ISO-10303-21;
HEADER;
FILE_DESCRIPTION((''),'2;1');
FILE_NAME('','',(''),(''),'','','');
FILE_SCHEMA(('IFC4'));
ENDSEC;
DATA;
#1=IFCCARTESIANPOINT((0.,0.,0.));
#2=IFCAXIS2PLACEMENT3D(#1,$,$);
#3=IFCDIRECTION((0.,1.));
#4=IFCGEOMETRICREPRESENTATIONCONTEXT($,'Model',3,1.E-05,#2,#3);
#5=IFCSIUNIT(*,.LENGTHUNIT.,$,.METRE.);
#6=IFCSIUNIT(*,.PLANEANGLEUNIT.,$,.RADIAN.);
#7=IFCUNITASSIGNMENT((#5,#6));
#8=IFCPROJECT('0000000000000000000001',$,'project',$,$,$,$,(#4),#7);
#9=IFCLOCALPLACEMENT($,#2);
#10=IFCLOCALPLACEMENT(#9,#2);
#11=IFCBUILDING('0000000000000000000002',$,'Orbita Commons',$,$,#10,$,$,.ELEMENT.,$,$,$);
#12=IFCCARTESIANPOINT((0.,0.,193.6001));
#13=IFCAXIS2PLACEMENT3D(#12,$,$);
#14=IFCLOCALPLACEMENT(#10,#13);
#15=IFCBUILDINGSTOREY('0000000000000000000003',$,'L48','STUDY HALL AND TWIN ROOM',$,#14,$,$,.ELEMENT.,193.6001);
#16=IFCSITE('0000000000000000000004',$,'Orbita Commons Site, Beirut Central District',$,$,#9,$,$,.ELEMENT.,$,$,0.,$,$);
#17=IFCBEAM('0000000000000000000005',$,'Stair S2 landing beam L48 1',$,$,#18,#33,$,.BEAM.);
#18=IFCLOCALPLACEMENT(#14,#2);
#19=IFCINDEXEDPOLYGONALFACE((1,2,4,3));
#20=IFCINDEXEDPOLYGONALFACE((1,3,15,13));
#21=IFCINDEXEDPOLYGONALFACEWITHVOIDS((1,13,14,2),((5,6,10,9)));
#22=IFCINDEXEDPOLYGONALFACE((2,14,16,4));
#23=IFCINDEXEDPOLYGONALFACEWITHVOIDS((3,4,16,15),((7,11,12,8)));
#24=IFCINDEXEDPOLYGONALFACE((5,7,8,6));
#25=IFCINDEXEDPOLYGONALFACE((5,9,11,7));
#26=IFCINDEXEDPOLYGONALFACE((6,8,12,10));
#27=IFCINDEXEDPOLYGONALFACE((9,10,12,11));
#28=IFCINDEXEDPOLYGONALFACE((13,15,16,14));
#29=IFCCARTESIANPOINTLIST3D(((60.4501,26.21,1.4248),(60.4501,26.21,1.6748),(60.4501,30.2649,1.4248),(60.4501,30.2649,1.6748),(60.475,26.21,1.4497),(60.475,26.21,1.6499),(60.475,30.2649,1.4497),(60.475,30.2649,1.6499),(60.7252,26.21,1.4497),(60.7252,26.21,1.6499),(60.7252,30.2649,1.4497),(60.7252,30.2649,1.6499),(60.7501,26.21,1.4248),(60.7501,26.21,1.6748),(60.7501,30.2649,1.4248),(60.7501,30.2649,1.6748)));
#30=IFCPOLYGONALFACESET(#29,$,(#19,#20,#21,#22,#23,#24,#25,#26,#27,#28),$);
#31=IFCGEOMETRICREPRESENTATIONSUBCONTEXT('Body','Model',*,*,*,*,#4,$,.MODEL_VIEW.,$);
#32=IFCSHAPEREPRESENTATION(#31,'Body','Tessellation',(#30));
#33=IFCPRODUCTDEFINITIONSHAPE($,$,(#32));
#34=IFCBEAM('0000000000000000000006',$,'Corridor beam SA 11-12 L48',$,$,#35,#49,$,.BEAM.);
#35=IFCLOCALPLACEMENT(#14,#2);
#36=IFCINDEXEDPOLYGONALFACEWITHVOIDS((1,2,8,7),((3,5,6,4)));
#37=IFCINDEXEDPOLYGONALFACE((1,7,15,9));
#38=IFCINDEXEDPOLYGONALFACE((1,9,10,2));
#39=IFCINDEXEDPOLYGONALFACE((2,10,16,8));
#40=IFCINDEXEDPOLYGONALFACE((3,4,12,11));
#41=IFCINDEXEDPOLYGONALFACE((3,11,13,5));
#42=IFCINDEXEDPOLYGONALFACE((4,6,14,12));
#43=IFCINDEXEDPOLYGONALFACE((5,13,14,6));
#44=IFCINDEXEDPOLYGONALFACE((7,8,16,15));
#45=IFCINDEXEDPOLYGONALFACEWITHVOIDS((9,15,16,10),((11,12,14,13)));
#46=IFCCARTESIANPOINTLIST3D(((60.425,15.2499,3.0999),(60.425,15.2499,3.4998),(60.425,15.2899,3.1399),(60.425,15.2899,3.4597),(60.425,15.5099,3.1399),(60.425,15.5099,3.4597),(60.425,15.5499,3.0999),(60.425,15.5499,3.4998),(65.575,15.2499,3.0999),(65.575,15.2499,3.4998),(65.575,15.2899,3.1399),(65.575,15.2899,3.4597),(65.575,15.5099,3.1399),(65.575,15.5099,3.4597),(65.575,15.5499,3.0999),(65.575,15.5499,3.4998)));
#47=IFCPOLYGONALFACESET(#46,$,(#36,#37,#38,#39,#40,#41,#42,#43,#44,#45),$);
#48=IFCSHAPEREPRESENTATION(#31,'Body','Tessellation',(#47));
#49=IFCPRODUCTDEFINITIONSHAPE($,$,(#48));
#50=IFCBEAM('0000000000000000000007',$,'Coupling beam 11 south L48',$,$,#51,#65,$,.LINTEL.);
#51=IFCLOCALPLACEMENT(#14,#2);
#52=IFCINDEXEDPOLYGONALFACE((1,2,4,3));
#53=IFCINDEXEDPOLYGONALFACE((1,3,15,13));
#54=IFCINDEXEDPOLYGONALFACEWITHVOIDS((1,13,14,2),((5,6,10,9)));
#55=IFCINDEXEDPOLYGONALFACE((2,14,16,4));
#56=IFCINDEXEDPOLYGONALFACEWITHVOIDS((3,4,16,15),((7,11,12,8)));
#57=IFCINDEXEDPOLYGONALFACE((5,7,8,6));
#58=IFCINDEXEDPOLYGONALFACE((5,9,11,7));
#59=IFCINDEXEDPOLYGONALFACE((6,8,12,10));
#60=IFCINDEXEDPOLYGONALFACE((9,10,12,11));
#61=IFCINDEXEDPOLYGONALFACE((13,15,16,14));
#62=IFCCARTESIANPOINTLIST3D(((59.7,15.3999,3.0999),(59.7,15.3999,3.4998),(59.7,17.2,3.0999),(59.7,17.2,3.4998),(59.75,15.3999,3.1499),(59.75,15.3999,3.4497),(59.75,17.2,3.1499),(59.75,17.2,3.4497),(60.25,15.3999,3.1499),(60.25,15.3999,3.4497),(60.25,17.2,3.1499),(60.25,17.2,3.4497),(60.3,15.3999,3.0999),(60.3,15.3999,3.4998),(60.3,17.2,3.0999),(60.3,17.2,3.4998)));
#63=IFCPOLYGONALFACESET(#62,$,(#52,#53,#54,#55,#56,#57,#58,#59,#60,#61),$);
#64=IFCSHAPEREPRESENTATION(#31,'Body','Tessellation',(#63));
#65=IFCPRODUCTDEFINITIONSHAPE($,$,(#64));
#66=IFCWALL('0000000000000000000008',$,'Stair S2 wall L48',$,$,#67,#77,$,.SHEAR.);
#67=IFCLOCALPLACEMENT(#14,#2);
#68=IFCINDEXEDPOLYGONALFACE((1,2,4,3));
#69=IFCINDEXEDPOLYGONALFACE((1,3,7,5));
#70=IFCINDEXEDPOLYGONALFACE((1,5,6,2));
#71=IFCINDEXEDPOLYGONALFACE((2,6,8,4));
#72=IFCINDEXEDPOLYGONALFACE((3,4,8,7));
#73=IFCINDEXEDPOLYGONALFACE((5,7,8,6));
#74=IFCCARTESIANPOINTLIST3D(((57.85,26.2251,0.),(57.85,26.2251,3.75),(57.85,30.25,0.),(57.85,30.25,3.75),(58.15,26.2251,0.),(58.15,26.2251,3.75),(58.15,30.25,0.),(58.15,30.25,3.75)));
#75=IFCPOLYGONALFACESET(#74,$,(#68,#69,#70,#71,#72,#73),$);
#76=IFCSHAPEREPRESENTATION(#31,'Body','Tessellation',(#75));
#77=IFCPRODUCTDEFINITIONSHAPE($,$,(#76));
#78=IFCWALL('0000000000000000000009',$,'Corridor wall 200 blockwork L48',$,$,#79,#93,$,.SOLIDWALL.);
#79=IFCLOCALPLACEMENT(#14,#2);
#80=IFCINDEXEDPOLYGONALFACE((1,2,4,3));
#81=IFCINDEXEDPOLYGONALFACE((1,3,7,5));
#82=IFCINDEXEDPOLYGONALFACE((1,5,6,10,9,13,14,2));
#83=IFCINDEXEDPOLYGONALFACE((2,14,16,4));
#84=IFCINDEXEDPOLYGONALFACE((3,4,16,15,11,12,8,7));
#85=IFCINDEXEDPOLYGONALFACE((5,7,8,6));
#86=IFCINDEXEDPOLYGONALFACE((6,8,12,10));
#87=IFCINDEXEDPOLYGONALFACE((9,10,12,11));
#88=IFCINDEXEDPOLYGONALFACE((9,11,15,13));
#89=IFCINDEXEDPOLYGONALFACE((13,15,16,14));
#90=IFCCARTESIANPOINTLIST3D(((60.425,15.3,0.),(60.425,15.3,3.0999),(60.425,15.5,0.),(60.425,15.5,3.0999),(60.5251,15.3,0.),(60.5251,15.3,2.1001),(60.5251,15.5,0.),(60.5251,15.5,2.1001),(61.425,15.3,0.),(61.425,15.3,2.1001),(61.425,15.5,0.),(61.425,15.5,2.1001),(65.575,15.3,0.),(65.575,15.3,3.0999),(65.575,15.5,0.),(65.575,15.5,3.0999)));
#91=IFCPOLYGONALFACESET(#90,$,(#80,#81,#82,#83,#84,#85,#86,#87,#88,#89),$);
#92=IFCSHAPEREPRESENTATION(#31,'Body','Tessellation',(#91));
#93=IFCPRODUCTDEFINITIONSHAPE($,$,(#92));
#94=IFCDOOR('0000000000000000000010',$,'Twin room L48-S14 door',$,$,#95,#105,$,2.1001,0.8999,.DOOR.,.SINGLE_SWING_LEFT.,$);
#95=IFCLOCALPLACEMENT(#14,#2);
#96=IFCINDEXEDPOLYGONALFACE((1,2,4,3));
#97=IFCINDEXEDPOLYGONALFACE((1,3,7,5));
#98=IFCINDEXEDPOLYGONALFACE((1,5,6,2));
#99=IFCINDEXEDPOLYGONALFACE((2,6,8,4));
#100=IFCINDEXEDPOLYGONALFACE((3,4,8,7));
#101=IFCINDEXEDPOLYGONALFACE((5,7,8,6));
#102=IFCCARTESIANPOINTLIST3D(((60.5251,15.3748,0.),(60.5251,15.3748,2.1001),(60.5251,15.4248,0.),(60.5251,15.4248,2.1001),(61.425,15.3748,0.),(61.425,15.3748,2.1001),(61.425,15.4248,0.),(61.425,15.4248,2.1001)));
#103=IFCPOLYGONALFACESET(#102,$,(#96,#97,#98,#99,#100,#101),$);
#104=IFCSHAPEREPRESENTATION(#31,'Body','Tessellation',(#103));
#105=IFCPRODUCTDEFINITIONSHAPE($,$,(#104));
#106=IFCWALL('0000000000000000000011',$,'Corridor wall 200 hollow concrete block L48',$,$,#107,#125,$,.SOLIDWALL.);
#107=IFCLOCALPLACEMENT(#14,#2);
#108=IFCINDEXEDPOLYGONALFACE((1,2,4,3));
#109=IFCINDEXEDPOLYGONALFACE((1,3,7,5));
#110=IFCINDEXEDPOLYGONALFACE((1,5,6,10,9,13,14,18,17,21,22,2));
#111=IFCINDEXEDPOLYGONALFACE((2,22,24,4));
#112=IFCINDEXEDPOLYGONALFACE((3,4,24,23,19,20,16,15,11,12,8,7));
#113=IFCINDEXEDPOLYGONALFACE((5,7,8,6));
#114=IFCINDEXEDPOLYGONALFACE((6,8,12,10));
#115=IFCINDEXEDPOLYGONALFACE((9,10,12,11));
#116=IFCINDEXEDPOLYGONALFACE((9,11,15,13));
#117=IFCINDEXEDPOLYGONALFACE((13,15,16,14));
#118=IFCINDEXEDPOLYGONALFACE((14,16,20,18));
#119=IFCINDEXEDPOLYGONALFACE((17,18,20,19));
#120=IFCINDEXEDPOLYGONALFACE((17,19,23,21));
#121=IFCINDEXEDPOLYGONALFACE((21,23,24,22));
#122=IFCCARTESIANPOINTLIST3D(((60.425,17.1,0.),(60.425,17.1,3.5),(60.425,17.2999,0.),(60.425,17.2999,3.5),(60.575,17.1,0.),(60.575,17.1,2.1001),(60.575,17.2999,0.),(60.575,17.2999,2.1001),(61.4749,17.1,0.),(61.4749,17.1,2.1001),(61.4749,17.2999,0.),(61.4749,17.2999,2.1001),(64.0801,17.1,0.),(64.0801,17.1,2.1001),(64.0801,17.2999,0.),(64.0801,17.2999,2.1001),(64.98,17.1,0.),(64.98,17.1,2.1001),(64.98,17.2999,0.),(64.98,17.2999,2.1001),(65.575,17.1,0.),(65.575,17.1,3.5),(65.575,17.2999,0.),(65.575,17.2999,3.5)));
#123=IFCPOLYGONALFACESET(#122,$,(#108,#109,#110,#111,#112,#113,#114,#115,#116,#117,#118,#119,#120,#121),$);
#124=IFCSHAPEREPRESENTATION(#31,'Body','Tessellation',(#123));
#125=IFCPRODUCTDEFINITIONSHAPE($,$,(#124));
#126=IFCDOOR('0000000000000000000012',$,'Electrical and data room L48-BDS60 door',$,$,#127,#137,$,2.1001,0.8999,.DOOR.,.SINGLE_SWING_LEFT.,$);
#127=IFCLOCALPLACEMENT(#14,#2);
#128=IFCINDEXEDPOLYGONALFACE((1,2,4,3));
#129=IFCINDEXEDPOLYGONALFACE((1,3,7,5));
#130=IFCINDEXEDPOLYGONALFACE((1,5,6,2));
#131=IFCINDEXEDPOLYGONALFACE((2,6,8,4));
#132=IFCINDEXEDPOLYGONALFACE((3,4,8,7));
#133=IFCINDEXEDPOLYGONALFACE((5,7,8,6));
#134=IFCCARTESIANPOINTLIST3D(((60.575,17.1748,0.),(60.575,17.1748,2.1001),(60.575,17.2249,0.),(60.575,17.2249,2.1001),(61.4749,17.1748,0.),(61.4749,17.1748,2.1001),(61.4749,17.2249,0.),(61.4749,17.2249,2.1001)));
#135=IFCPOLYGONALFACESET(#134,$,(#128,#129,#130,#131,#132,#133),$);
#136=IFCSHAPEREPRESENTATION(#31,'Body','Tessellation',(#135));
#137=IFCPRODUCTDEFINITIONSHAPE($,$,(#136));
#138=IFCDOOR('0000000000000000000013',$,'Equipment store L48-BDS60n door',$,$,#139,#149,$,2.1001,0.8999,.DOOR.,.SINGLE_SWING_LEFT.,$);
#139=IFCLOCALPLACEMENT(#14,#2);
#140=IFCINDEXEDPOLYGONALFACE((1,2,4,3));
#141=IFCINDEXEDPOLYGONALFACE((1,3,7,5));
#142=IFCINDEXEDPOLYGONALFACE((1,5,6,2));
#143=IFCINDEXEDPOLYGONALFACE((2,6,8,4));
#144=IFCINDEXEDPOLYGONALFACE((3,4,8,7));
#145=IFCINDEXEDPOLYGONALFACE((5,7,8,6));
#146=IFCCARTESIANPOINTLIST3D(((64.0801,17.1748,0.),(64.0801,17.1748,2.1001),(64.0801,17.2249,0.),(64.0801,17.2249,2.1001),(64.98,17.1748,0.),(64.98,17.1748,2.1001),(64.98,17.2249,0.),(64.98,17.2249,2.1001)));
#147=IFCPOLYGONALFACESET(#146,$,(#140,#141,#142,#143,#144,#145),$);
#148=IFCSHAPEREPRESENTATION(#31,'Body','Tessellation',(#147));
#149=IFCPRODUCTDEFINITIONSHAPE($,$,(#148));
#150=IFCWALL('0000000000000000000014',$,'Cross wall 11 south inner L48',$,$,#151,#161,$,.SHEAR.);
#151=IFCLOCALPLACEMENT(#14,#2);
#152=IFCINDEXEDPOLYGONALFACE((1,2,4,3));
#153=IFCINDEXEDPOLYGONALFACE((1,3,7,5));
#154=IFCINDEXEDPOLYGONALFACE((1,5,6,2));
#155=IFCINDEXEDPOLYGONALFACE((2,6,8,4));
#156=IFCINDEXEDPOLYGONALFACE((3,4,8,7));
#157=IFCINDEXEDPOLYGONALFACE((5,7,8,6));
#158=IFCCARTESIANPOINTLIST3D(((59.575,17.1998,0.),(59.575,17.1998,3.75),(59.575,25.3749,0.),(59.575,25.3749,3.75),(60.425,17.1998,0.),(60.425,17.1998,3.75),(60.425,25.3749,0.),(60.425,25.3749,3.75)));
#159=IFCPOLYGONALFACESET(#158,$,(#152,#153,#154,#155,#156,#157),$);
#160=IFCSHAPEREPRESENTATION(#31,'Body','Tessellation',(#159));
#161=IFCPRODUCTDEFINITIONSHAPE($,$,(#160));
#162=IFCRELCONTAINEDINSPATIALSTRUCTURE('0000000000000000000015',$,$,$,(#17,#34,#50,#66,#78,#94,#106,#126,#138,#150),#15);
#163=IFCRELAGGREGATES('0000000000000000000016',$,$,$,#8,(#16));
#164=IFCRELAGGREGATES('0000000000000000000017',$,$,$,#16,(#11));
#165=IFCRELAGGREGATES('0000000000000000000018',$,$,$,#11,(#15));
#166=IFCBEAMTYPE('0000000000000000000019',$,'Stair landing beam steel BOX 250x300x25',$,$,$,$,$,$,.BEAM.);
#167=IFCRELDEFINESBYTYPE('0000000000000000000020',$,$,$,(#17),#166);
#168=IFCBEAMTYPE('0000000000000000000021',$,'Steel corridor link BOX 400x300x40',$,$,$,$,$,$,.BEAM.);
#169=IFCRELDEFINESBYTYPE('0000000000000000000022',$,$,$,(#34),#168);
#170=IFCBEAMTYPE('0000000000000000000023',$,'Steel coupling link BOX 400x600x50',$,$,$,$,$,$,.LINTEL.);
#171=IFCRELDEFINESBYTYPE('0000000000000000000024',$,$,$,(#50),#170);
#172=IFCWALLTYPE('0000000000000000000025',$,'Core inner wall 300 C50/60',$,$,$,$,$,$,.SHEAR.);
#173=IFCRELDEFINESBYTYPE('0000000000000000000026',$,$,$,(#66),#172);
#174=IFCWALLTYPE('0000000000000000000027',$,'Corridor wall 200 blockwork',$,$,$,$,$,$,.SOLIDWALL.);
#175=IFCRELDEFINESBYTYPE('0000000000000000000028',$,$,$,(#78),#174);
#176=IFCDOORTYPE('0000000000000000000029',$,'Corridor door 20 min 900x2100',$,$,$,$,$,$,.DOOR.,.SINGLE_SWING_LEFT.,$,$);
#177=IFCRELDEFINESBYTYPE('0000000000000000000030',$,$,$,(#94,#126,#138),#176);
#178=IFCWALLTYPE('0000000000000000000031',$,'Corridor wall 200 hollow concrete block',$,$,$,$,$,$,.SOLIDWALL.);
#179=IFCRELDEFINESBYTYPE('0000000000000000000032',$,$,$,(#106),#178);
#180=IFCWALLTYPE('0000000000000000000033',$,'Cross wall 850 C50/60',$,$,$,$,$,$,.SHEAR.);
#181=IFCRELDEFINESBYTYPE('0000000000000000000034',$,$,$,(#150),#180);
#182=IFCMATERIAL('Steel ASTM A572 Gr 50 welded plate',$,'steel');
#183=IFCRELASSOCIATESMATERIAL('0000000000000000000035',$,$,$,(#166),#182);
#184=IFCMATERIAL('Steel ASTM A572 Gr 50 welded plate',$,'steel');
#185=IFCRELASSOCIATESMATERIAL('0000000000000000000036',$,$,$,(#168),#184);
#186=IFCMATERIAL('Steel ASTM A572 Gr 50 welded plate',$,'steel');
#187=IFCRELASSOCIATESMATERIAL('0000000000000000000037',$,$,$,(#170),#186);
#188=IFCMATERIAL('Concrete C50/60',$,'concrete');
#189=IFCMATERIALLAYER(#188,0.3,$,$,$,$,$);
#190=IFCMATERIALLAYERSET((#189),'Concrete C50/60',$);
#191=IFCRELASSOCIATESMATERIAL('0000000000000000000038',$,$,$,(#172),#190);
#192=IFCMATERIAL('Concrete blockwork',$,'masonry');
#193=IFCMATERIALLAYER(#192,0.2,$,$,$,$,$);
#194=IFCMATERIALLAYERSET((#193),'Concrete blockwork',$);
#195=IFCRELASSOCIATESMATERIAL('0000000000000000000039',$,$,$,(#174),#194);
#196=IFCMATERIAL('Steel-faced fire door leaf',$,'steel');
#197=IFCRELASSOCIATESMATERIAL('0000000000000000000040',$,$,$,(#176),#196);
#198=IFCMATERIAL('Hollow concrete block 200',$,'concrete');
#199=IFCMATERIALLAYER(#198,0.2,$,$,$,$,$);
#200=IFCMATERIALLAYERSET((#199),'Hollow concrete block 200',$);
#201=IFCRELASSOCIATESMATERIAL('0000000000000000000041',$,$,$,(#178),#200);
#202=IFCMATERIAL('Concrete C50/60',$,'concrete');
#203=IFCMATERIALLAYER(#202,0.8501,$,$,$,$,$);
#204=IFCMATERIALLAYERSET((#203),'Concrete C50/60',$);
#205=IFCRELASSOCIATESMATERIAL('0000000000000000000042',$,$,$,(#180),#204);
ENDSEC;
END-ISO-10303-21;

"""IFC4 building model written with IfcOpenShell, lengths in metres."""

from ifc_helpers import new_model, si_unit, direction, frame, frame_2d, origin, origin_2d, place, context, subcontext, project, spatial, polyline, rectangle, hollow_rectangle, outline, extrude, material, layer, layer_set, material_profile, profile_set, type_object, element, fill, save


model = new_model("IFC4")

# Units and contexts
model_context = context("Model", 3, precision=1e-05, world=origin(), true_north=direction((0.0, 1.0)))
body_context = subcontext(model_context, "Body", "Model", "MODEL_VIEW")
ifc_project = project(units=[si_unit("LENGTHUNIT", "METRE"), si_unit("PLANEANGLEUNIT", "RADIAN")], contexts=[model_context])

# Site, building, storey
site_placement = place(None, origin())
site = spatial("IfcSite", under=ifc_project, at=site_placement, Name="Orbita Commons Site, Beirut Central District", CompositionType="ELEMENT", RefElevation=0.0)
building_placement = place(site_placement, origin())
building = spatial("IfcBuilding", under=site, at=building_placement, Name="Orbita Commons", CompositionType="ELEMENT")
storey_placement = place(building_placement, frame((0.0, 0.0, 193.6001)))
storey = spatial("IfcBuildingStorey", under=building, at=storey_placement, Name="L48", Description="STUDY HALL AND TWIN ROOM", CompositionType="ELEMENT", Elevation=193.6001)

# Beams
ifc_material_1 = material(Name="Steel ASTM A572 Gr 50 welded plate", Category="steel")
ifc_material_profile_1 = material_profile(ifc_material_1, hollow_rectangle(XDim=0.3, YDim=0.25, WallThickness=0.0249, at=origin_2d()), Name="BOX 250x300x25")
ifc_profile_set_1 = profile_set([ifc_material_profile_1], Name="Steel ASTM A572 Gr 50 welded plate")
beam_type_1 = type_object("IfcBeamType", Name="Stair landing beam steel BOX 250x300x25", PredefinedType="BEAM", material=ifc_profile_set_1)
beam_1_placement = place(storey_placement, frame((60.6001, 26.21, 1.5498), z_axis=(0.0, 1.0, 0.0), x_axis=(-1.0, 0.0, 0.0)))
element("IfcBeam", 1, at=beam_1_placement, inside=storey, type_object=beam_type_1, Name="Stair S2 landing beam L48 1", PredefinedType="BEAM", context=body_context, shape_type="SweptSolid", body=[
    extrude(hollow_rectangle(XDim=0.3, YDim=0.25, WallThickness=0.0249, at=origin_2d()), origin(), (0.0, 0.0, 1.0), 4.0549),
])
ifc_material_2 = material(Name="Steel ASTM A572 Gr 50 welded plate", Category="steel")
ifc_material_profile_2 = material_profile(ifc_material_2, hollow_rectangle(XDim=0.3, YDim=0.3999, WallThickness=0.04, at=origin_2d()), Name="BOX 400x300x40")
ifc_profile_set_2 = profile_set([ifc_material_profile_2], Name="Steel ASTM A572 Gr 50 welded plate")
beam_type_2 = type_object("IfcBeamType", Name="Steel corridor link BOX 400x300x40", PredefinedType="BEAM", material=ifc_profile_set_2)
beam_2_placement = place(storey_placement, frame((60.425, 15.3999, 3.2998), z_axis=(1.0, 0.0, 0.0), x_axis=(0.0, 1.0, 0.0)))
element("IfcBeam", 2, at=beam_2_placement, inside=storey, type_object=beam_type_2, Name="Corridor beam SA 11-12 L48", PredefinedType="BEAM", context=body_context, shape_type="SweptSolid", body=[
    extrude(hollow_rectangle(XDim=0.3, YDim=0.3999, WallThickness=0.04, at=origin_2d()), origin(), (0.0, 0.0, 1.0), 5.1499),
])
ifc_material_3 = material(Name="Steel ASTM A572 Gr 50 welded plate", Category="steel")
ifc_material_profile_3 = material_profile(ifc_material_3, hollow_rectangle(XDim=0.6001, YDim=0.3999, WallThickness=0.05, at=origin_2d()), Name="BOX 400x600x50")
ifc_profile_set_3 = profile_set([ifc_material_profile_3], Name="Steel ASTM A572 Gr 50 welded plate")
beam_type_3 = type_object("IfcBeamType", Name="Steel coupling link BOX 400x600x50", PredefinedType="LINTEL", material=ifc_profile_set_3)
beam_3_placement = place(storey_placement, frame((60.0, 15.3999, 3.2998), z_axis=(0.0, 1.0, 0.0), x_axis=(-1.0, 0.0, 0.0)))
element("IfcBeam", 3, at=beam_3_placement, inside=storey, type_object=beam_type_3, Name="Coupling beam 11 south L48", PredefinedType="LINTEL", context=body_context, shape_type="SweptSolid", body=[
    extrude(hollow_rectangle(XDim=0.6001, YDim=0.3999, WallThickness=0.05, at=origin_2d()), origin(), (0.0, 0.0, 1.0), 1.8),
])

# Wall
ifc_material_4 = material(Name="Concrete C50/60", Category="concrete")
ifc_layer_1 = layer(ifc_material_4, 0.3)
ifc_layer_set_1 = layer_set([ifc_layer_1], Name="Concrete C50/60")
wall_type_1 = type_object("IfcWallType", Name="Core inner wall 300 C50/60", PredefinedType="SHEAR", material=ifc_layer_set_1)
wall_1_placement = place(storey_placement, frame((58.0, 26.2251, 0.0), z_axis=(0.0, 0.0, 1.0), x_axis=(0.0, 1.0, 0.0)))
element("IfcWall", 4, at=wall_1_placement, inside=storey, type_object=wall_type_1, Name="Stair S2 wall L48", PredefinedType="SHEAR", context=body_context, shape_type="SweptSolid", body=[
    extrude(rectangle(XDim=4.0249, YDim=0.3, at=frame_2d((2.0125, 0.0))), origin(), (0.0, 0.0, 1.0), 3.75),
])

# Wall, opening, door
ifc_material_5 = material(Name="Concrete blockwork", Category="masonry")
ifc_layer_2 = layer(ifc_material_5, 0.2)
ifc_layer_set_2 = layer_set([ifc_layer_2], Name="Concrete blockwork")
wall_type_2 = type_object("IfcWallType", Name="Corridor wall 200 blockwork", PredefinedType="SOLIDWALL", material=ifc_layer_set_2)
wall_2_placement = place(storey_placement, frame((60.425, 15.3999, 0.0), z_axis=(0.0, 0.0, 1.0), x_axis=(1.0, 0.0, 0.0)))
wall_2 = element("IfcWall", 5, at=wall_2_placement, inside=storey, type_object=wall_type_2, Name="Corridor wall 200 blockwork L48", PredefinedType="SOLIDWALL", context=body_context, shape_type="SweptSolid", body=[
    extrude(outline(polyline([(0.0, 0.0), (5.1499, 0.0), (5.1499, 3.0999), (0.0, 3.0999), (0.0, 0.0)])), frame((0.0, 0.1001, 0.0), z_axis=(0.0, -1.0, 0.0), x_axis=(1.0, 0.0, 0.0)), (0.0, 0.0, 1.0), 0.2),
])
opening_1_placement = place(wall_2_placement, frame((0.1001, 0.0, 0.0)))
opening_1 = element("IfcOpeningElement", 6, at=opening_1_placement, cuts=wall_2, PredefinedType="OPENING", context=body_context, shape_type="SweptSolid", body=[
    extrude(rectangle(XDim=0.8999, YDim=2.1001, at=frame_2d((0.45, 1.05))), frame((0.0, 0.1099, 0.0), z_axis=(0.0, -1.0, 0.0), x_axis=(1.0, 0.0, 0.0)), (0.0, 0.0, 1.0), 0.22),
])
ifc_material_6 = material(Name="Steel-faced fire door leaf", Category="steel")
door_type_1 = type_object("IfcDoorType", Name="Corridor door 20 min 900x2100", OperationType="SINGLE_SWING_LEFT", PredefinedType="DOOR", material=ifc_material_6)
door_1_placement = place(opening_1_placement, origin())
door_1 = element("IfcDoor", 7, at=door_1_placement, inside=storey, type_object=door_type_1, Name="Twin room L48-S14 door", OperationType="SINGLE_SWING_LEFT", OverallHeight=2.1001, OverallWidth=0.8999, PredefinedType="DOOR", context=body_context, shape_type="SweptSolid", body=[
    extrude(rectangle(XDim=0.8999, YDim=2.1001, at=frame_2d((0.45, 1.05))), frame((0.0, 0.0249, 0.0), z_axis=(0.0, -1.0, 0.0), x_axis=(1.0, 0.0, 0.0)), (0.0, 0.0, 1.0), 0.05),
])
fill(opening_1, door_1)

# Wall, openings, doors
ifc_material_7 = material(Name="Hollow concrete block 200", Category="concrete")
ifc_layer_3 = layer(ifc_material_7, 0.2)
ifc_layer_set_3 = layer_set([ifc_layer_3], Name="Hollow concrete block 200")
wall_type_3 = type_object("IfcWallType", Name="Corridor wall 200 hollow concrete block", PredefinedType="SOLIDWALL", material=ifc_layer_set_3)
wall_3_placement = place(storey_placement, frame((60.425, 17.2, 0.0), z_axis=(0.0, 0.0, 1.0), x_axis=(1.0, 0.0, 0.0)))
wall_3 = element("IfcWall", 8, at=wall_3_placement, inside=storey, type_object=wall_type_3, Name="Corridor wall 200 hollow concrete block L48", PredefinedType="SOLIDWALL", context=body_context, shape_type="SweptSolid", body=[
    extrude(rectangle(XDim=5.1499, YDim=0.2, at=frame_2d((2.575, 0.0))), origin(), (0.0, 0.0, 1.0), 3.5),
])
opening_2_placement = place(wall_3_placement, frame((0.1499, 0.0, 0.0)))
opening_2 = element("IfcOpeningElement", 9, at=opening_2_placement, cuts=wall_3, PredefinedType="OPENING", context=body_context, shape_type="SweptSolid", body=[
    extrude(rectangle(XDim=0.8999, YDim=2.1001, at=frame_2d((0.45, 1.05))), frame((0.0, 0.1099, 0.0), z_axis=(0.0, -1.0, 0.0), x_axis=(1.0, 0.0, 0.0)), (0.0, 0.0, 1.0), 0.22),
])
opening_3_placement = place(wall_3_placement, frame((3.655, 0.0, 0.0)))
opening_3 = element("IfcOpeningElement", 10, at=opening_3_placement, cuts=wall_3, PredefinedType="OPENING", context=body_context, shape_type="SweptSolid", body=[
    extrude(rectangle(XDim=0.8999, YDim=2.1001, at=frame_2d((0.45, 1.05))), frame((0.0, 0.1099, 0.0), z_axis=(0.0, -1.0, 0.0), x_axis=(1.0, 0.0, 0.0)), (0.0, 0.0, 1.0), 0.22),
])
door_2_placement = place(opening_2_placement, origin())
door_2 = element("IfcDoor", 11, at=door_2_placement, inside=storey, type_object=door_type_1, Name="Electrical and data room L48-BDS60 door", OperationType="SINGLE_SWING_LEFT", OverallHeight=2.1001, OverallWidth=0.8999, PredefinedType="DOOR", context=body_context, shape_type="SweptSolid", body=[
    extrude(rectangle(XDim=0.8999, YDim=2.1001, at=frame_2d((0.45, 1.05))), frame((0.0, 0.0249, 0.0), z_axis=(0.0, -1.0, 0.0), x_axis=(1.0, 0.0, 0.0)), (0.0, 0.0, 1.0), 0.05),
])
fill(opening_2, door_2)
door_3_placement = place(opening_3_placement, origin())
door_3 = element("IfcDoor", 12, at=door_3_placement, inside=storey, type_object=door_type_1, Name="Equipment store L48-BDS60n door", OperationType="SINGLE_SWING_LEFT", OverallHeight=2.1001, OverallWidth=0.8999, PredefinedType="DOOR", context=body_context, shape_type="SweptSolid", body=[
    extrude(rectangle(XDim=0.8999, YDim=2.1001, at=frame_2d((0.45, 1.05))), frame((0.0, 0.0249, 0.0), z_axis=(0.0, -1.0, 0.0), x_axis=(1.0, 0.0, 0.0)), (0.0, 0.0, 1.0), 0.05),
])
fill(opening_3, door_3)

# Wall
ifc_material_8 = material(Name="Concrete C50/60", Category="concrete")
ifc_layer_4 = layer(ifc_material_8, 0.8501)
ifc_layer_set_4 = layer_set([ifc_layer_4], Name="Concrete C50/60")
wall_type_4 = type_object("IfcWallType", Name="Cross wall 850 C50/60", PredefinedType="SHEAR", material=ifc_layer_set_4)
wall_4_placement = place(storey_placement, frame((60.0, 17.2, 0.0), z_axis=(0.0, 0.0, 1.0), x_axis=(0.0, 1.0, 0.0)))
element("IfcWall", 13, at=wall_4_placement, inside=storey, type_object=wall_type_4, Name="Cross wall 11 south inner L48", PredefinedType="SHEAR", context=body_context, shape_type="SweptSolid", body=[
    extrude(rectangle(XDim=8.175, YDim=0.8501, at=frame_2d((4.0874, 0.0))), origin(), (0.0, 0.0, 1.0), 3.75),
])

save(model, "model.ifc")
